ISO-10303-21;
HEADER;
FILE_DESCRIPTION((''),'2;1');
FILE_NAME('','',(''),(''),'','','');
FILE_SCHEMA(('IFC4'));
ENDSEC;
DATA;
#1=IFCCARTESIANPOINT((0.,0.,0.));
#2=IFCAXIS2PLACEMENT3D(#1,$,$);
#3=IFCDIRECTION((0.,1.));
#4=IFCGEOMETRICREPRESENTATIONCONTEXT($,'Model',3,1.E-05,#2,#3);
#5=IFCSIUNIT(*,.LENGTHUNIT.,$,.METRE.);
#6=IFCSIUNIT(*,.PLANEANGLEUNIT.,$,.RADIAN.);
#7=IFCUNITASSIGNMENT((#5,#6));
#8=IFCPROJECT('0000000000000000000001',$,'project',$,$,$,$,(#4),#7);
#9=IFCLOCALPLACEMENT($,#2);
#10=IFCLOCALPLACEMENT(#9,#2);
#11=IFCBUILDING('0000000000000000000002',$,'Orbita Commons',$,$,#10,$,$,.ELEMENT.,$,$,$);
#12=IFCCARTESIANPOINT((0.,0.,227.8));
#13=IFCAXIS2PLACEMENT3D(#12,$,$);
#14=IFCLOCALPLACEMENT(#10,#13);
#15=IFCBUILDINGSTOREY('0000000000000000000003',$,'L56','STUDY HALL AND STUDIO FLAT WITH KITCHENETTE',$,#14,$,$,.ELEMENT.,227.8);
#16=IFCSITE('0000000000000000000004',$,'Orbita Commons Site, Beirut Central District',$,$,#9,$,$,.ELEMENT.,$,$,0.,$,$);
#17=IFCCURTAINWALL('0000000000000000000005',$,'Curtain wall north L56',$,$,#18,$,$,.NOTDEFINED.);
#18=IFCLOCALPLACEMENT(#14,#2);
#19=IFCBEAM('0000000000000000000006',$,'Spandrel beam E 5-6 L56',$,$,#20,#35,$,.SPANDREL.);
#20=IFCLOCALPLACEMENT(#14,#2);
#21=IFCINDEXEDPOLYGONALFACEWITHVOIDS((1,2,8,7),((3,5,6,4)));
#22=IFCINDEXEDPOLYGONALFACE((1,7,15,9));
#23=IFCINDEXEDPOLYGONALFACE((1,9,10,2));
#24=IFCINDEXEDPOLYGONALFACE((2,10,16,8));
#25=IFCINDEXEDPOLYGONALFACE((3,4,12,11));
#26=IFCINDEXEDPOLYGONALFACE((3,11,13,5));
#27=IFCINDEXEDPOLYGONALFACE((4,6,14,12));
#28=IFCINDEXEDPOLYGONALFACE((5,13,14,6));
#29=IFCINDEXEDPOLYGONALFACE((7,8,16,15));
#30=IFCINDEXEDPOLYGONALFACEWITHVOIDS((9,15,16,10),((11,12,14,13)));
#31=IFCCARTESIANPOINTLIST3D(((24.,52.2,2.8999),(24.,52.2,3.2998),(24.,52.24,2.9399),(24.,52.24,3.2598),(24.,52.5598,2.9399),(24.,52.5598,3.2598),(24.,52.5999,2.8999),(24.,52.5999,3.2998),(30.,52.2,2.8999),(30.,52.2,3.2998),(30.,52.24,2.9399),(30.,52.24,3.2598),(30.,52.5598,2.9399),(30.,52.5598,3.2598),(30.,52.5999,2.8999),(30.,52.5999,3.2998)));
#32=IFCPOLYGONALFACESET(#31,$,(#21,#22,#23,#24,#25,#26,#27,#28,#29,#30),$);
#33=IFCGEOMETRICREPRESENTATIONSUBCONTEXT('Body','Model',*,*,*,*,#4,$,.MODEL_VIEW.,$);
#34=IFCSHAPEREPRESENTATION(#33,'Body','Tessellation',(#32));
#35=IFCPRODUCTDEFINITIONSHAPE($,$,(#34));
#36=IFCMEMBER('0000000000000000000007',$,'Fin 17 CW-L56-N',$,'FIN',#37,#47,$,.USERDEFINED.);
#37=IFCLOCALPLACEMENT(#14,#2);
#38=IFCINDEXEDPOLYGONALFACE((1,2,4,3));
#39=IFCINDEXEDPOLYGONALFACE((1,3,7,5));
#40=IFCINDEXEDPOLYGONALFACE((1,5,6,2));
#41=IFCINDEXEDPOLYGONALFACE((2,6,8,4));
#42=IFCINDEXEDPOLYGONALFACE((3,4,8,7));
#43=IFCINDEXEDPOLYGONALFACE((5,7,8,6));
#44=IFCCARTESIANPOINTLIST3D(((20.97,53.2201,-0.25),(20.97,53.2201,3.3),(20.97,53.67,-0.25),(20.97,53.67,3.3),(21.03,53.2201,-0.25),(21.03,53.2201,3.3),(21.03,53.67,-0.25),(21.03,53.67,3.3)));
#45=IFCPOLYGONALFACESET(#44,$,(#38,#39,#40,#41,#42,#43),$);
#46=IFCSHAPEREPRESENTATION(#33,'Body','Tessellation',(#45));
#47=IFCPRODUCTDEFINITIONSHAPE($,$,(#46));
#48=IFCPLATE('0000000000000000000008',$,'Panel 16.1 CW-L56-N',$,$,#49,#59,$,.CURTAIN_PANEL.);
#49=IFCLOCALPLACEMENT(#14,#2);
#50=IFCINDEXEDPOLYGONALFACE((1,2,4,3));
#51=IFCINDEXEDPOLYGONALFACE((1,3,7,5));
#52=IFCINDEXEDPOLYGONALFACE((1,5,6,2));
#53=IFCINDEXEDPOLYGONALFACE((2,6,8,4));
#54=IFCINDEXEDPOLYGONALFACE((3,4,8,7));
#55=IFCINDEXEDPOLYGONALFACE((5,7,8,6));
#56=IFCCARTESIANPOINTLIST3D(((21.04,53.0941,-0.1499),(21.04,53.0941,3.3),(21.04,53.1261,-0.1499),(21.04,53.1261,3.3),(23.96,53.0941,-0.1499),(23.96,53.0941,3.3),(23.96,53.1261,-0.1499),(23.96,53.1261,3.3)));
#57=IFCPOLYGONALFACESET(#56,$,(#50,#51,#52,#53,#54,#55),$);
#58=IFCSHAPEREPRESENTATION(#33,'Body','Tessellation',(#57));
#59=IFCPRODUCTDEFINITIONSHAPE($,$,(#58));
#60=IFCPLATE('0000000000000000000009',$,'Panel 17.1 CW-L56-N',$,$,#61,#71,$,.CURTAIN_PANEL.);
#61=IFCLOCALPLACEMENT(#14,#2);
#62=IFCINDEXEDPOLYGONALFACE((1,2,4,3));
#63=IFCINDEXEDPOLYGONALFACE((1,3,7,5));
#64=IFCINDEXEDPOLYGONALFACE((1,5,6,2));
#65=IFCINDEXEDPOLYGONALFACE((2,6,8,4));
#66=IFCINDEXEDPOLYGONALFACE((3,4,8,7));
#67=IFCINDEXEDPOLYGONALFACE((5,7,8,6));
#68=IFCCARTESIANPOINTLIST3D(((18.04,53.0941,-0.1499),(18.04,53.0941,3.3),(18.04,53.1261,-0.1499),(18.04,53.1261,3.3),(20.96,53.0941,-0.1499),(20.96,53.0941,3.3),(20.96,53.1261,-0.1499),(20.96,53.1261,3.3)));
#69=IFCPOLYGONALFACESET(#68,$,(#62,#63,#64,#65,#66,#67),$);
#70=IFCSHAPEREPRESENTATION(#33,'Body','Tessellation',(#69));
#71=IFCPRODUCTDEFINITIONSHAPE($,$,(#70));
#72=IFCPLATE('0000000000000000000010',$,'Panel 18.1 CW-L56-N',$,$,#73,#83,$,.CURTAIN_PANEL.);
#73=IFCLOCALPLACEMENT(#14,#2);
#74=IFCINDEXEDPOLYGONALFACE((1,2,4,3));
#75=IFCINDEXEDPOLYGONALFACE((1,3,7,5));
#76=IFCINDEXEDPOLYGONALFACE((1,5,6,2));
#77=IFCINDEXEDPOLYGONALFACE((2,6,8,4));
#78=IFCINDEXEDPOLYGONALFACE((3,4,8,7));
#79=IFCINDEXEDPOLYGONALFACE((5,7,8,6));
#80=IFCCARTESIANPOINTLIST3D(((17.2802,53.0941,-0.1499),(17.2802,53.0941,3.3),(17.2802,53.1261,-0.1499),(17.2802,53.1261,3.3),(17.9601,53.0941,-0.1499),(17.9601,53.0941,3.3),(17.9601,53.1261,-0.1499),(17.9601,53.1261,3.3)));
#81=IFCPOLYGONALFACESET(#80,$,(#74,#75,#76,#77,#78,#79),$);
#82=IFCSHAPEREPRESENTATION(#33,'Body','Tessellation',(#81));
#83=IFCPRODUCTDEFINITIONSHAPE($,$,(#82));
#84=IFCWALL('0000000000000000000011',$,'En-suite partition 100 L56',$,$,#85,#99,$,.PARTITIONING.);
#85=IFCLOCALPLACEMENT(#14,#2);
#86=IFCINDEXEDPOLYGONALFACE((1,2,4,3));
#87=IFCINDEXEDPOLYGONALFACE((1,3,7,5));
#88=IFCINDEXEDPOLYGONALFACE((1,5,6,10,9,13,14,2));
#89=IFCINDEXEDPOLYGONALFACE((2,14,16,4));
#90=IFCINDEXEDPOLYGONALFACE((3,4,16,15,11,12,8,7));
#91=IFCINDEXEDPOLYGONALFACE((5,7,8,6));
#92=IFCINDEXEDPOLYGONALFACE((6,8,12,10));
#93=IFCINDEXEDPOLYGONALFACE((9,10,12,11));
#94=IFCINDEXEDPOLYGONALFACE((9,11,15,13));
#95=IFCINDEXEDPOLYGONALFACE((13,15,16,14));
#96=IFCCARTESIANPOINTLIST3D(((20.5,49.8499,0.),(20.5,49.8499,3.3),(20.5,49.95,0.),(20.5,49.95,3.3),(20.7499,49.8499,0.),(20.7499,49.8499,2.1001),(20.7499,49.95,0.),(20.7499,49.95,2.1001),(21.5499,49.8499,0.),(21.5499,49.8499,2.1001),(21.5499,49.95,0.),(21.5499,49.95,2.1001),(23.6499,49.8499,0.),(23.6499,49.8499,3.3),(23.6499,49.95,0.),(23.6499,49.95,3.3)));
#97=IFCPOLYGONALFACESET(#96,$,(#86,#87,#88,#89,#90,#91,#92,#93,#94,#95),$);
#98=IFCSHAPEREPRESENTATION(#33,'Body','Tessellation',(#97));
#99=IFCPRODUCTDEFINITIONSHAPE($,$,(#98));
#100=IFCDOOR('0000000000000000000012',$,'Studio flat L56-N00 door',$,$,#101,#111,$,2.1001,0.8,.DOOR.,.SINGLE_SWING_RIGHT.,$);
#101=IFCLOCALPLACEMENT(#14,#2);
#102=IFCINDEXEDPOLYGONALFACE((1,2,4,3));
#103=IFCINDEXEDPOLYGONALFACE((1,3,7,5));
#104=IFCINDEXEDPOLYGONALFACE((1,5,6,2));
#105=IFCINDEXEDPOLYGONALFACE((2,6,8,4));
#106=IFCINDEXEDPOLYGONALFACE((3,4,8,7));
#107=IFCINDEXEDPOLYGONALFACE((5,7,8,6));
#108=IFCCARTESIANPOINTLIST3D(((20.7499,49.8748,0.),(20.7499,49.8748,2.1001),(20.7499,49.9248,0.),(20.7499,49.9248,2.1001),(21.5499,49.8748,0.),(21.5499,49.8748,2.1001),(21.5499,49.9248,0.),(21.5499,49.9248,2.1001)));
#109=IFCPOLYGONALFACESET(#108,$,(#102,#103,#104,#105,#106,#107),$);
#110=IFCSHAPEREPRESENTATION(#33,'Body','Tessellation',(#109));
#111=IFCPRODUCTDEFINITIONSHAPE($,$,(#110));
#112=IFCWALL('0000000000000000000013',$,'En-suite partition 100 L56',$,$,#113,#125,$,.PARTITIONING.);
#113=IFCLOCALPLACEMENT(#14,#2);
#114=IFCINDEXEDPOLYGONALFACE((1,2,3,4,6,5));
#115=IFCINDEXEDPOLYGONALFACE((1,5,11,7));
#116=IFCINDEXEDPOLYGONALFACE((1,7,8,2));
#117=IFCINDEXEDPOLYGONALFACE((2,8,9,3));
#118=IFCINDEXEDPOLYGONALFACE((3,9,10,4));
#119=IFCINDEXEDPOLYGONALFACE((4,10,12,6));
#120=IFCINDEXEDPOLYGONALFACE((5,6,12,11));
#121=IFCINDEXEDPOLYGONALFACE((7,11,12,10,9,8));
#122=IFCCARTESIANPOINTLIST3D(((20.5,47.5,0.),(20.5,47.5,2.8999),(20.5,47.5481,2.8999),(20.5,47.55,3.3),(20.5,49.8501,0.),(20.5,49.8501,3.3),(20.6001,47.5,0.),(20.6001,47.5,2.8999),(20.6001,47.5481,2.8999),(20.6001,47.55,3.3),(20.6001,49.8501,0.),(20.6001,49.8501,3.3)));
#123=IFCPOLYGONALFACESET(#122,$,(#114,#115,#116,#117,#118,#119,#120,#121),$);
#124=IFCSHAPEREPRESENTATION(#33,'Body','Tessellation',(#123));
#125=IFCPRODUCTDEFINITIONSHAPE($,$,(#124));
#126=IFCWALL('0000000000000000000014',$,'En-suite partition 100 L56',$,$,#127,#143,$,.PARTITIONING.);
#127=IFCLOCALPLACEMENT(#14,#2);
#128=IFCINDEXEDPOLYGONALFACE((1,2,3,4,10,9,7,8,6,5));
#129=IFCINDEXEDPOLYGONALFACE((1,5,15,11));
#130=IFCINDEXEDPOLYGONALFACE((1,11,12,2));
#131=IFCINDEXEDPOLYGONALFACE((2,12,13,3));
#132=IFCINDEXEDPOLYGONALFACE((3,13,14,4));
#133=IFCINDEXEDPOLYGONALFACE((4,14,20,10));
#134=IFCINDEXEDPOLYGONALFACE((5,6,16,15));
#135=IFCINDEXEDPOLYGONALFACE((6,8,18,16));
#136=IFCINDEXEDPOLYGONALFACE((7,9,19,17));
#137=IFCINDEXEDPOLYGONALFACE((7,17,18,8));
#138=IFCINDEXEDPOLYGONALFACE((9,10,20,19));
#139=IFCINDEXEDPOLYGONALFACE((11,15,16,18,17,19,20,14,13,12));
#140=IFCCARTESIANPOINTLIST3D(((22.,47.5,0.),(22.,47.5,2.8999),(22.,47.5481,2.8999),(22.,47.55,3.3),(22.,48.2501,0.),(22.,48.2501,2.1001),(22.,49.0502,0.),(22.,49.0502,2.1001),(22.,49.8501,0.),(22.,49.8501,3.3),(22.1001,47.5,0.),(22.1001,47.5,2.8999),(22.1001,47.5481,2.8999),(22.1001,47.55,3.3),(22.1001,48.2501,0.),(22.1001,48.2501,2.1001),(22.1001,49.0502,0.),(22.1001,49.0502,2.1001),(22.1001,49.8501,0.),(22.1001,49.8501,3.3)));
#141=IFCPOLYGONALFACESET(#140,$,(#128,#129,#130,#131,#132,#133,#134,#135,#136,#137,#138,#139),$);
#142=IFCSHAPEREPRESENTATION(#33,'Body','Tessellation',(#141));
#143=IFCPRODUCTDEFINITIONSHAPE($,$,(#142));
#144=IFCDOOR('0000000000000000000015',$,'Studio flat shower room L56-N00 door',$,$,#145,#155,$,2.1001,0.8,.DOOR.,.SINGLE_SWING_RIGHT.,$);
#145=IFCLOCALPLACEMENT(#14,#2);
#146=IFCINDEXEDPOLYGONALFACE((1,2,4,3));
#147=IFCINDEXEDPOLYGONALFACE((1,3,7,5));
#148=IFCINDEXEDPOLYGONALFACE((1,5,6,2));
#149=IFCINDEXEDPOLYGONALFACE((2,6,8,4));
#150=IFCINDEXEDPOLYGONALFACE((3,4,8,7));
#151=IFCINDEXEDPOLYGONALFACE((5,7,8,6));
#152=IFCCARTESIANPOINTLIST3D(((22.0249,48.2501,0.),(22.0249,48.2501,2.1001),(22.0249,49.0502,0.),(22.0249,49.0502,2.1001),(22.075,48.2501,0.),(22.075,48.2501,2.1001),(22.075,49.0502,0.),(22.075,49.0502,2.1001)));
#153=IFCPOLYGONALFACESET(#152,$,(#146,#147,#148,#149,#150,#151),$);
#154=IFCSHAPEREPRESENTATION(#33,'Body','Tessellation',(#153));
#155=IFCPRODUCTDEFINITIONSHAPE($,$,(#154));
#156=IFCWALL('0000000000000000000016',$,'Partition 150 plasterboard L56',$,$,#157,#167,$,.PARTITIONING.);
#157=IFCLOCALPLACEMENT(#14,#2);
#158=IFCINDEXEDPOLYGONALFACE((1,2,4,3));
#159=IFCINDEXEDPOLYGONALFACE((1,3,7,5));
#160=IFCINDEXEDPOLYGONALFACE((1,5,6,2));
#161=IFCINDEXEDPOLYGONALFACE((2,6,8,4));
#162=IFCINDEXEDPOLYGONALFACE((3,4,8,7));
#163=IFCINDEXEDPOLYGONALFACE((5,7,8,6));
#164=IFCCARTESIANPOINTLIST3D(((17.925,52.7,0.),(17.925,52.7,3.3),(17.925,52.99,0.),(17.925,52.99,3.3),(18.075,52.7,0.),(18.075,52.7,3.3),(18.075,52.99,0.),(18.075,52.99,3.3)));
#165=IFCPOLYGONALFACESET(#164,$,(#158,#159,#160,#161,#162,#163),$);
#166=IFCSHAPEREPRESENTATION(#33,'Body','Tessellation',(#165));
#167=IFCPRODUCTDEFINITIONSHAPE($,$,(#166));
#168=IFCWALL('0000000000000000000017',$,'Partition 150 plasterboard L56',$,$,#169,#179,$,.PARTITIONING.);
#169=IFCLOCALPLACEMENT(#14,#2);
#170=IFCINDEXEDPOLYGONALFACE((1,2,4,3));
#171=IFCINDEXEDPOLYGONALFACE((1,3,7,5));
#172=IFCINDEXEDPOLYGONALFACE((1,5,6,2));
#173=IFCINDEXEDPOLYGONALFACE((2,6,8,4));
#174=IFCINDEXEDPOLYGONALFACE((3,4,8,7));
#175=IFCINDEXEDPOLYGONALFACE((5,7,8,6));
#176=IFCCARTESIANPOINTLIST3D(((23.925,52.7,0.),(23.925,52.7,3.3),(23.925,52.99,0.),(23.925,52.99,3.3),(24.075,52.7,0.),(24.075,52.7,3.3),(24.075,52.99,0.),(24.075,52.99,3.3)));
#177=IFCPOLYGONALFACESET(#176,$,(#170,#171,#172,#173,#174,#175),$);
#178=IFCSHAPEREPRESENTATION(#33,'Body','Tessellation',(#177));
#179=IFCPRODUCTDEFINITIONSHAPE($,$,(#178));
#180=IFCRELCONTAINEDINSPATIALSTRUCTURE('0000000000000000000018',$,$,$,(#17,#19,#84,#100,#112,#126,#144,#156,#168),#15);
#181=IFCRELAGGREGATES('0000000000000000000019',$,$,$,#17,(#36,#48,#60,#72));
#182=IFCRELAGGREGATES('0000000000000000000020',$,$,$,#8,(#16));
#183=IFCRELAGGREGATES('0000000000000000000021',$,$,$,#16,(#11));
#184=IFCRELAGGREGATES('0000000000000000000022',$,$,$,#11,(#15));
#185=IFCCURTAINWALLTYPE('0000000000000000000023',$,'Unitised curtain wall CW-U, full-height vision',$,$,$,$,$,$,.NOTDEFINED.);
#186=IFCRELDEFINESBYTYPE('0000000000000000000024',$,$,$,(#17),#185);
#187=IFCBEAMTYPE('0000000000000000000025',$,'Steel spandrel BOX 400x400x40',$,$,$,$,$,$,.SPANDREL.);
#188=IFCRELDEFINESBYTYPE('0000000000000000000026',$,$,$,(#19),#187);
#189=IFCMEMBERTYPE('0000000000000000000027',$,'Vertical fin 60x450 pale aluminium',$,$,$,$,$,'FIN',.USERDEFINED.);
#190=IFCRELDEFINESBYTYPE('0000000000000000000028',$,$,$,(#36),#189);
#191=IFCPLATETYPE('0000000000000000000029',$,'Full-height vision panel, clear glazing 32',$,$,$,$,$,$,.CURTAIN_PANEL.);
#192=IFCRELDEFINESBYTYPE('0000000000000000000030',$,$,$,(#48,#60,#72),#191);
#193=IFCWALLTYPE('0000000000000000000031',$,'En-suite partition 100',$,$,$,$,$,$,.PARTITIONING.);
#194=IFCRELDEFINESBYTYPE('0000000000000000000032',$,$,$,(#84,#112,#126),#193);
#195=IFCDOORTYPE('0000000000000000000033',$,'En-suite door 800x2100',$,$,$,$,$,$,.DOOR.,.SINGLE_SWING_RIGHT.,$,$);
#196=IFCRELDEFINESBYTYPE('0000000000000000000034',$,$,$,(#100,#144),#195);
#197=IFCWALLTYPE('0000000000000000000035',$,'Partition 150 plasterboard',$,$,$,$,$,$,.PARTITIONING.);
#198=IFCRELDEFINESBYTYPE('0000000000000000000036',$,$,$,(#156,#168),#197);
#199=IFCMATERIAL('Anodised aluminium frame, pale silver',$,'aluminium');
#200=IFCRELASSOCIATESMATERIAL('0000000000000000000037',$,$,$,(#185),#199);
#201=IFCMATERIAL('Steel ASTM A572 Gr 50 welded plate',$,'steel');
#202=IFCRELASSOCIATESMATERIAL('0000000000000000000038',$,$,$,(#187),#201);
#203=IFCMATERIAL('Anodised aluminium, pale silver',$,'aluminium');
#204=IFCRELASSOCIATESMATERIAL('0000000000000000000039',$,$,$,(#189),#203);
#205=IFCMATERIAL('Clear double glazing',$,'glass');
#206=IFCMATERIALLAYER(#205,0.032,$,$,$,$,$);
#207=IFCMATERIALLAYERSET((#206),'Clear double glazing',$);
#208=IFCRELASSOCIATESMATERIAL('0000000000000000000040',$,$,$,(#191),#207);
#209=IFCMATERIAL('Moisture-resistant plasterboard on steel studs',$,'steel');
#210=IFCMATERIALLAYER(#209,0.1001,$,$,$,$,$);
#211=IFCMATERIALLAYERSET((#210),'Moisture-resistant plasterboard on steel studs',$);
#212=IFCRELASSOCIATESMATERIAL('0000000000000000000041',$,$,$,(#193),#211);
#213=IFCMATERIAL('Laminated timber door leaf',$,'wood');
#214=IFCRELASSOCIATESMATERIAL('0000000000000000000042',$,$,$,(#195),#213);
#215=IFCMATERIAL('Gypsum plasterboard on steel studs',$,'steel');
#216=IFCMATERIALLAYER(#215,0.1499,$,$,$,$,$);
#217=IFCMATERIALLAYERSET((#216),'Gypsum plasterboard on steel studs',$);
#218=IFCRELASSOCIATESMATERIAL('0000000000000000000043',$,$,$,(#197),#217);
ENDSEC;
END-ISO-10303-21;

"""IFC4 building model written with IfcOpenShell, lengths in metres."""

from ifc_helpers import new_model, si_unit, direction, frame, frame_2d, origin, origin_2d, place, context, subcontext, project, spatial, polyline, rectangle, hollow_rectangle, outline, extrude, material, layer, layer_set, material_profile, profile_set, type_object, element, fill, aggregate, save


model = new_model("IFC4")

# Units and contexts
model_context = context("Model", 3, precision=1e-05, world=origin(), true_north=direction((0.0, 1.0)))
body_context = subcontext(model_context, "Body", "Model", "MODEL_VIEW")
ifc_project = project(units=[si_unit("LENGTHUNIT", "METRE"), si_unit("PLANEANGLEUNIT", "RADIAN")], contexts=[model_context])

# Site, building, storey
site_placement = place(None, origin())
site = spatial("IfcSite", under=ifc_project, at=site_placement, Name="Orbita Commons Site, Beirut Central District", CompositionType="ELEMENT", RefElevation=0.0)
building_placement = place(site_placement, origin())
building = spatial("IfcBuilding", under=site, at=building_placement, Name="Orbita Commons", CompositionType="ELEMENT")
storey_placement = place(building_placement, frame((0.0, 0.0, 227.8)))
storey = spatial("IfcBuildingStorey", under=building, at=storey_placement, Name="L56", Description="STUDY HALL AND STUDIO FLAT WITH KITCHENETTE", CompositionType="ELEMENT", Elevation=227.8)

# Curtain wall
ifc_material_1 = material(Name="Anodised aluminium frame, pale silver", Category="aluminium")
curtain_wall_type = type_object("IfcCurtainWallType", Name="Unitised curtain wall CW-U, full-height vision", PredefinedType="NOTDEFINED", material=ifc_material_1)
curtain_wall_placement = place(storey_placement, origin())
curtain_wall = element("IfcCurtainWall", 1, at=curtain_wall_placement, inside=storey, type_object=curtain_wall_type, Name="Curtain wall north L56", PredefinedType="NOTDEFINED")

# Beam
ifc_material_2 = material(Name="Steel ASTM A572 Gr 50 welded plate", Category="steel")
ifc_material_profile_1 = material_profile(ifc_material_2, hollow_rectangle(XDim=0.3999, YDim=0.3999, WallThickness=0.04, at=origin_2d()), Name="BOX 400x400x40")
ifc_profile_set_1 = profile_set([ifc_material_profile_1], Name="Steel ASTM A572 Gr 50 welded plate")
beam_type_1 = type_object("IfcBeamType", Name="Steel spandrel BOX 400x400x40", PredefinedType="SPANDREL", material=ifc_profile_set_1)
for number, where, z_axis, x_axis, name in (
    (2, (24.0, 52.3999, 3.0999), (1.0, 0.0, 0.0), (0.0, 1.0, 0.0), "Spandrel beam E 5-6 L56"),
):
    element("IfcBeam", number, at=place(storey_placement, frame(where, z_axis=z_axis, x_axis=x_axis)), inside=storey, type_object=beam_type_1, Name=name, PredefinedType="SPANDREL", context=body_context, shape_type="SweptSolid", body=[
        extrude(hollow_rectangle(XDim=0.3999, YDim=0.3999, WallThickness=0.04, at=origin_2d()), origin(), (0.0, 0.0, 1.0), 6.0),
    ])

# Member
ifc_material_3 = material(Name="Anodised aluminium, pale silver", Category="aluminium")
ifc_material_profile_2 = material_profile(ifc_material_3, rectangle(XDim=0.0601, YDim=0.45, at=origin_2d()), Name="FIN 60x450")
ifc_profile_set_2 = profile_set([ifc_material_profile_2], Name="Anodised aluminium, pale silver")
member_type_1 = type_object("IfcMemberType", Name="Vertical fin 60x450 pale aluminium", ElementType="FIN", PredefinedType="USERDEFINED", material=ifc_profile_set_2)
member_1_placement = place(storey_placement, frame((21.0, 53.4451, -0.25), z_axis=(0.0, 0.0, 1.0), x_axis=(-1.0, 0.0, 0.0)))
member_1 = element("IfcMember", 3, at=member_1_placement, type_object=member_type_1, Name="Fin 17 CW-L56-N", ObjectType="FIN", PredefinedType="USERDEFINED", context=body_context, shape_type="SweptSolid", body=[
    extrude(rectangle(XDim=0.0601, YDim=0.45, at=origin_2d()), origin(), (0.0, 0.0, 1.0), 3.55),
])

# Plates
ifc_material_4 = material(Name="Clear double glazing", Category="glass")
ifc_layer_1 = layer(ifc_material_4, 0.032)
ifc_layer_set_1 = layer_set([ifc_layer_1], Name="Clear double glazing")
plate_type = type_object("IfcPlateType", Name="Full-height vision panel, clear glazing 32", PredefinedType="CURTAIN_PANEL", material=ifc_layer_set_1)
plate_1_placement = place(storey_placement, frame((22.5, 53.1101, -0.1499), z_axis=(0.0, 0.0, 1.0), x_axis=(-1.0, 0.0, 0.0)))
plate_1 = element("IfcPlate", 4, at=plate_1_placement, type_object=plate_type, Name="Panel 16.1 CW-L56-N", PredefinedType="CURTAIN_PANEL", context=body_context, shape_type="SweptSolid", body=[
    extrude(rectangle(XDim=2.9199, YDim=0.032, at=origin_2d()), origin(), (0.0, 0.0, 1.0), 3.45),
])
plate_2_placement = place(storey_placement, frame((19.5, 53.1101, -0.1499), z_axis=(0.0, 0.0, 1.0), x_axis=(-1.0, 0.0, 0.0)))
plate_2 = element("IfcPlate", 5, at=plate_2_placement, type_object=plate_type, Name="Panel 17.1 CW-L56-N", PredefinedType="CURTAIN_PANEL", context=body_context, shape_type="SweptSolid", body=[
    extrude(rectangle(XDim=2.9199, YDim=0.032, at=origin_2d()), origin(), (0.0, 0.0, 1.0), 3.45),
])
plate_3_placement = place(storey_placement, frame((17.6201, 53.1101, -0.1499), z_axis=(0.0, 0.0, 1.0), x_axis=(-1.0, 0.0, 0.0)))
plate_3 = element("IfcPlate", 6, at=plate_3_placement, type_object=plate_type, Name="Panel 18.1 CW-L56-N", PredefinedType="CURTAIN_PANEL", context=body_context, shape_type="SweptSolid", body=[
    extrude(rectangle(XDim=0.6799, YDim=0.032, at=origin_2d()), origin(), (0.0, 0.0, 1.0), 3.45),
])
aggregate(curtain_wall, [member_1, plate_1, plate_2, plate_3])

# Wall, opening, door
ifc_material_5 = material(Name="Moisture-resistant plasterboard on steel studs", Category="steel")
ifc_layer_2 = layer(ifc_material_5, 0.1001)
ifc_layer_set_2 = layer_set([ifc_layer_2], Name="Moisture-resistant plasterboard on steel studs")
wall_type_1 = type_object("IfcWallType", Name="En-suite partition 100", PredefinedType="PARTITIONING", material=ifc_layer_set_2)
wall_1_placement = place(storey_placement, frame((20.5, 49.8999, 0.0), z_axis=(0.0, 0.0, 1.0), x_axis=(1.0, 0.0, 0.0)))
wall_1 = element("IfcWall", 7, at=wall_1_placement, inside=storey, type_object=wall_type_1, Name="En-suite partition 100 L56", PredefinedType="PARTITIONING", context=body_context, shape_type="SweptSolid", body=[
    extrude(rectangle(XDim=3.1499, YDim=0.1001, at=frame_2d((1.575, 0.0))), origin(), (0.0, 0.0, 1.0), 3.3),
])
opening_1_placement = place(wall_1_placement, frame((0.25, 0.0, 0.0)))
opening_1 = element("IfcOpeningElement", 8, at=opening_1_placement, cuts=wall_1, PredefinedType="OPENING", context=body_context, shape_type="SweptSolid", body=[
    extrude(rectangle(XDim=0.8, YDim=2.1001, at=frame_2d((0.3999, 1.05))), frame((0.0, 0.0601, 0.0), z_axis=(0.0, -1.0, 0.0), x_axis=(1.0, 0.0, 0.0)), (0.0, 0.0, 1.0), 0.1201),
])
ifc_material_6 = material(Name="Laminated timber door leaf", Category="wood")
door_type = type_object("IfcDoorType", Name="En-suite door 800x2100", OperationType="SINGLE_SWING_RIGHT", PredefinedType="DOOR", material=ifc_material_6)
door_1_placement = place(opening_1_placement, origin())
door_1 = element("IfcDoor", 9, at=door_1_placement, inside=storey, type_object=door_type, Name="Studio flat L56-N00 door", OperationType="SINGLE_SWING_RIGHT", OverallHeight=2.1001, OverallWidth=0.8, PredefinedType="DOOR", context=body_context, shape_type="SweptSolid", body=[
    extrude(rectangle(XDim=0.8, YDim=2.1001, at=frame_2d((0.3999, 1.05))), frame((0.0, 0.0249, 0.0), z_axis=(0.0, -1.0, 0.0), x_axis=(1.0, 0.0, 0.0)), (0.0, 0.0, 1.0), 0.05),
])
fill(opening_1, door_1)

# Wall
wall_2_placement = place(storey_placement, frame((20.55, 49.8501, 0.0), z_axis=(0.0, 0.0, 1.0), x_axis=(0.0, -1.0, 0.0)))
element("IfcWall", 10, at=wall_2_placement, inside=storey, type_object=wall_type_1, Name="En-suite partition 100 L56", PredefinedType="PARTITIONING", context=body_context, shape_type="SweptSolid", body=[
    extrude(outline(polyline([(0.0, 0.0), (2.3501, 0.0), (2.3501, 2.8999), (2.302, 2.8999), (2.3, 3.3), (0.0, 3.3), (0.0, 0.0)])), frame((0.0, 0.05, 0.0), z_axis=(0.0, -1.0, 0.0), x_axis=(1.0, 0.0, 0.0)), (0.0, 0.0, 1.0), 0.1001),
])

# Wall, opening, door
wall_3_placement = place(storey_placement, frame((22.05, 49.8501, 0.0), z_axis=(0.0, 0.0, 1.0), x_axis=(0.0, -1.0, 0.0)))
wall_3 = element("IfcWall", 11, at=wall_3_placement, inside=storey, type_object=wall_type_1, Name="En-suite partition 100 L56", PredefinedType="PARTITIONING", context=body_context, shape_type="SweptSolid", body=[
    extrude(outline(polyline([(0.0, 0.0), (2.3501, 0.0), (2.3501, 2.8999), (2.302, 2.8999), (2.3, 3.3), (0.0, 3.3), (0.0, 0.0)])), frame((0.0, 0.05, 0.0), z_axis=(0.0, -1.0, 0.0), x_axis=(1.0, 0.0, 0.0)), (0.0, 0.0, 1.0), 0.1001),
])
opening_2_placement = place(wall_3_placement, frame((0.8, 0.0, 0.0)))
opening_2 = element("IfcOpeningElement", 12, at=opening_2_placement, cuts=wall_3, PredefinedType="OPENING", context=body_context, shape_type="SweptSolid", body=[
    extrude(rectangle(XDim=0.8, YDim=2.1001, at=frame_2d((0.3999, 1.05))), frame((0.0, 0.0601, 0.0), z_axis=(0.0, -1.0, 0.0), x_axis=(1.0, 0.0, 0.0)), (0.0, 0.0, 1.0), 0.1201),
])
door_2_placement = place(opening_2_placement, origin())
door_2 = element("IfcDoor", 13, at=door_2_placement, inside=storey, type_object=door_type, Name="Studio flat shower room L56-N00 door", OperationType="SINGLE_SWING_RIGHT", OverallHeight=2.1001, OverallWidth=0.8, PredefinedType="DOOR", context=body_context, shape_type="SweptSolid", body=[
    extrude(rectangle(XDim=0.8, YDim=2.1001, at=frame_2d((0.3999, 1.05))), frame((0.0, 0.0249, 0.0), z_axis=(0.0, -1.0, 0.0), x_axis=(1.0, 0.0, 0.0)), (0.0, 0.0, 1.0), 0.05),
])
fill(opening_2, door_2)

# Walls
ifc_material_7 = material(Name="Gypsum plasterboard on steel studs", Category="steel")
ifc_layer_3 = layer(ifc_material_7, 0.1499)
ifc_layer_set_3 = layer_set([ifc_layer_3], Name="Gypsum plasterboard on steel studs")
wall_type_2 = type_object("IfcWallType", Name="Partition 150 plasterboard", PredefinedType="PARTITIONING", material=ifc_layer_set_3)
for number, where, z_axis, x_axis, name in (
    (14, (18.0, 52.7, 0.0), (0.0, 0.0, 1.0), (0.0, 1.0, 0.0), "Partition 150 plasterboard L56"),
    (15, (24.0, 52.7, 0.0), (0.0, 0.0, 1.0), (0.0, 1.0, 0.0), "Partition 150 plasterboard L56"),
):
    element("IfcWall", number, at=place(storey_placement, frame(where, z_axis=z_axis, x_axis=x_axis)), inside=storey, type_object=wall_type_2, Name=name, PredefinedType="PARTITIONING", context=body_context, shape_type="SweptSolid", body=[
        extrude(rectangle(XDim=0.29, YDim=0.1499, at=frame_2d((0.145, 0.0))), origin(), (0.0, 0.0, 1.0), 3.3),
    ])

save(model, "model.ifc")
